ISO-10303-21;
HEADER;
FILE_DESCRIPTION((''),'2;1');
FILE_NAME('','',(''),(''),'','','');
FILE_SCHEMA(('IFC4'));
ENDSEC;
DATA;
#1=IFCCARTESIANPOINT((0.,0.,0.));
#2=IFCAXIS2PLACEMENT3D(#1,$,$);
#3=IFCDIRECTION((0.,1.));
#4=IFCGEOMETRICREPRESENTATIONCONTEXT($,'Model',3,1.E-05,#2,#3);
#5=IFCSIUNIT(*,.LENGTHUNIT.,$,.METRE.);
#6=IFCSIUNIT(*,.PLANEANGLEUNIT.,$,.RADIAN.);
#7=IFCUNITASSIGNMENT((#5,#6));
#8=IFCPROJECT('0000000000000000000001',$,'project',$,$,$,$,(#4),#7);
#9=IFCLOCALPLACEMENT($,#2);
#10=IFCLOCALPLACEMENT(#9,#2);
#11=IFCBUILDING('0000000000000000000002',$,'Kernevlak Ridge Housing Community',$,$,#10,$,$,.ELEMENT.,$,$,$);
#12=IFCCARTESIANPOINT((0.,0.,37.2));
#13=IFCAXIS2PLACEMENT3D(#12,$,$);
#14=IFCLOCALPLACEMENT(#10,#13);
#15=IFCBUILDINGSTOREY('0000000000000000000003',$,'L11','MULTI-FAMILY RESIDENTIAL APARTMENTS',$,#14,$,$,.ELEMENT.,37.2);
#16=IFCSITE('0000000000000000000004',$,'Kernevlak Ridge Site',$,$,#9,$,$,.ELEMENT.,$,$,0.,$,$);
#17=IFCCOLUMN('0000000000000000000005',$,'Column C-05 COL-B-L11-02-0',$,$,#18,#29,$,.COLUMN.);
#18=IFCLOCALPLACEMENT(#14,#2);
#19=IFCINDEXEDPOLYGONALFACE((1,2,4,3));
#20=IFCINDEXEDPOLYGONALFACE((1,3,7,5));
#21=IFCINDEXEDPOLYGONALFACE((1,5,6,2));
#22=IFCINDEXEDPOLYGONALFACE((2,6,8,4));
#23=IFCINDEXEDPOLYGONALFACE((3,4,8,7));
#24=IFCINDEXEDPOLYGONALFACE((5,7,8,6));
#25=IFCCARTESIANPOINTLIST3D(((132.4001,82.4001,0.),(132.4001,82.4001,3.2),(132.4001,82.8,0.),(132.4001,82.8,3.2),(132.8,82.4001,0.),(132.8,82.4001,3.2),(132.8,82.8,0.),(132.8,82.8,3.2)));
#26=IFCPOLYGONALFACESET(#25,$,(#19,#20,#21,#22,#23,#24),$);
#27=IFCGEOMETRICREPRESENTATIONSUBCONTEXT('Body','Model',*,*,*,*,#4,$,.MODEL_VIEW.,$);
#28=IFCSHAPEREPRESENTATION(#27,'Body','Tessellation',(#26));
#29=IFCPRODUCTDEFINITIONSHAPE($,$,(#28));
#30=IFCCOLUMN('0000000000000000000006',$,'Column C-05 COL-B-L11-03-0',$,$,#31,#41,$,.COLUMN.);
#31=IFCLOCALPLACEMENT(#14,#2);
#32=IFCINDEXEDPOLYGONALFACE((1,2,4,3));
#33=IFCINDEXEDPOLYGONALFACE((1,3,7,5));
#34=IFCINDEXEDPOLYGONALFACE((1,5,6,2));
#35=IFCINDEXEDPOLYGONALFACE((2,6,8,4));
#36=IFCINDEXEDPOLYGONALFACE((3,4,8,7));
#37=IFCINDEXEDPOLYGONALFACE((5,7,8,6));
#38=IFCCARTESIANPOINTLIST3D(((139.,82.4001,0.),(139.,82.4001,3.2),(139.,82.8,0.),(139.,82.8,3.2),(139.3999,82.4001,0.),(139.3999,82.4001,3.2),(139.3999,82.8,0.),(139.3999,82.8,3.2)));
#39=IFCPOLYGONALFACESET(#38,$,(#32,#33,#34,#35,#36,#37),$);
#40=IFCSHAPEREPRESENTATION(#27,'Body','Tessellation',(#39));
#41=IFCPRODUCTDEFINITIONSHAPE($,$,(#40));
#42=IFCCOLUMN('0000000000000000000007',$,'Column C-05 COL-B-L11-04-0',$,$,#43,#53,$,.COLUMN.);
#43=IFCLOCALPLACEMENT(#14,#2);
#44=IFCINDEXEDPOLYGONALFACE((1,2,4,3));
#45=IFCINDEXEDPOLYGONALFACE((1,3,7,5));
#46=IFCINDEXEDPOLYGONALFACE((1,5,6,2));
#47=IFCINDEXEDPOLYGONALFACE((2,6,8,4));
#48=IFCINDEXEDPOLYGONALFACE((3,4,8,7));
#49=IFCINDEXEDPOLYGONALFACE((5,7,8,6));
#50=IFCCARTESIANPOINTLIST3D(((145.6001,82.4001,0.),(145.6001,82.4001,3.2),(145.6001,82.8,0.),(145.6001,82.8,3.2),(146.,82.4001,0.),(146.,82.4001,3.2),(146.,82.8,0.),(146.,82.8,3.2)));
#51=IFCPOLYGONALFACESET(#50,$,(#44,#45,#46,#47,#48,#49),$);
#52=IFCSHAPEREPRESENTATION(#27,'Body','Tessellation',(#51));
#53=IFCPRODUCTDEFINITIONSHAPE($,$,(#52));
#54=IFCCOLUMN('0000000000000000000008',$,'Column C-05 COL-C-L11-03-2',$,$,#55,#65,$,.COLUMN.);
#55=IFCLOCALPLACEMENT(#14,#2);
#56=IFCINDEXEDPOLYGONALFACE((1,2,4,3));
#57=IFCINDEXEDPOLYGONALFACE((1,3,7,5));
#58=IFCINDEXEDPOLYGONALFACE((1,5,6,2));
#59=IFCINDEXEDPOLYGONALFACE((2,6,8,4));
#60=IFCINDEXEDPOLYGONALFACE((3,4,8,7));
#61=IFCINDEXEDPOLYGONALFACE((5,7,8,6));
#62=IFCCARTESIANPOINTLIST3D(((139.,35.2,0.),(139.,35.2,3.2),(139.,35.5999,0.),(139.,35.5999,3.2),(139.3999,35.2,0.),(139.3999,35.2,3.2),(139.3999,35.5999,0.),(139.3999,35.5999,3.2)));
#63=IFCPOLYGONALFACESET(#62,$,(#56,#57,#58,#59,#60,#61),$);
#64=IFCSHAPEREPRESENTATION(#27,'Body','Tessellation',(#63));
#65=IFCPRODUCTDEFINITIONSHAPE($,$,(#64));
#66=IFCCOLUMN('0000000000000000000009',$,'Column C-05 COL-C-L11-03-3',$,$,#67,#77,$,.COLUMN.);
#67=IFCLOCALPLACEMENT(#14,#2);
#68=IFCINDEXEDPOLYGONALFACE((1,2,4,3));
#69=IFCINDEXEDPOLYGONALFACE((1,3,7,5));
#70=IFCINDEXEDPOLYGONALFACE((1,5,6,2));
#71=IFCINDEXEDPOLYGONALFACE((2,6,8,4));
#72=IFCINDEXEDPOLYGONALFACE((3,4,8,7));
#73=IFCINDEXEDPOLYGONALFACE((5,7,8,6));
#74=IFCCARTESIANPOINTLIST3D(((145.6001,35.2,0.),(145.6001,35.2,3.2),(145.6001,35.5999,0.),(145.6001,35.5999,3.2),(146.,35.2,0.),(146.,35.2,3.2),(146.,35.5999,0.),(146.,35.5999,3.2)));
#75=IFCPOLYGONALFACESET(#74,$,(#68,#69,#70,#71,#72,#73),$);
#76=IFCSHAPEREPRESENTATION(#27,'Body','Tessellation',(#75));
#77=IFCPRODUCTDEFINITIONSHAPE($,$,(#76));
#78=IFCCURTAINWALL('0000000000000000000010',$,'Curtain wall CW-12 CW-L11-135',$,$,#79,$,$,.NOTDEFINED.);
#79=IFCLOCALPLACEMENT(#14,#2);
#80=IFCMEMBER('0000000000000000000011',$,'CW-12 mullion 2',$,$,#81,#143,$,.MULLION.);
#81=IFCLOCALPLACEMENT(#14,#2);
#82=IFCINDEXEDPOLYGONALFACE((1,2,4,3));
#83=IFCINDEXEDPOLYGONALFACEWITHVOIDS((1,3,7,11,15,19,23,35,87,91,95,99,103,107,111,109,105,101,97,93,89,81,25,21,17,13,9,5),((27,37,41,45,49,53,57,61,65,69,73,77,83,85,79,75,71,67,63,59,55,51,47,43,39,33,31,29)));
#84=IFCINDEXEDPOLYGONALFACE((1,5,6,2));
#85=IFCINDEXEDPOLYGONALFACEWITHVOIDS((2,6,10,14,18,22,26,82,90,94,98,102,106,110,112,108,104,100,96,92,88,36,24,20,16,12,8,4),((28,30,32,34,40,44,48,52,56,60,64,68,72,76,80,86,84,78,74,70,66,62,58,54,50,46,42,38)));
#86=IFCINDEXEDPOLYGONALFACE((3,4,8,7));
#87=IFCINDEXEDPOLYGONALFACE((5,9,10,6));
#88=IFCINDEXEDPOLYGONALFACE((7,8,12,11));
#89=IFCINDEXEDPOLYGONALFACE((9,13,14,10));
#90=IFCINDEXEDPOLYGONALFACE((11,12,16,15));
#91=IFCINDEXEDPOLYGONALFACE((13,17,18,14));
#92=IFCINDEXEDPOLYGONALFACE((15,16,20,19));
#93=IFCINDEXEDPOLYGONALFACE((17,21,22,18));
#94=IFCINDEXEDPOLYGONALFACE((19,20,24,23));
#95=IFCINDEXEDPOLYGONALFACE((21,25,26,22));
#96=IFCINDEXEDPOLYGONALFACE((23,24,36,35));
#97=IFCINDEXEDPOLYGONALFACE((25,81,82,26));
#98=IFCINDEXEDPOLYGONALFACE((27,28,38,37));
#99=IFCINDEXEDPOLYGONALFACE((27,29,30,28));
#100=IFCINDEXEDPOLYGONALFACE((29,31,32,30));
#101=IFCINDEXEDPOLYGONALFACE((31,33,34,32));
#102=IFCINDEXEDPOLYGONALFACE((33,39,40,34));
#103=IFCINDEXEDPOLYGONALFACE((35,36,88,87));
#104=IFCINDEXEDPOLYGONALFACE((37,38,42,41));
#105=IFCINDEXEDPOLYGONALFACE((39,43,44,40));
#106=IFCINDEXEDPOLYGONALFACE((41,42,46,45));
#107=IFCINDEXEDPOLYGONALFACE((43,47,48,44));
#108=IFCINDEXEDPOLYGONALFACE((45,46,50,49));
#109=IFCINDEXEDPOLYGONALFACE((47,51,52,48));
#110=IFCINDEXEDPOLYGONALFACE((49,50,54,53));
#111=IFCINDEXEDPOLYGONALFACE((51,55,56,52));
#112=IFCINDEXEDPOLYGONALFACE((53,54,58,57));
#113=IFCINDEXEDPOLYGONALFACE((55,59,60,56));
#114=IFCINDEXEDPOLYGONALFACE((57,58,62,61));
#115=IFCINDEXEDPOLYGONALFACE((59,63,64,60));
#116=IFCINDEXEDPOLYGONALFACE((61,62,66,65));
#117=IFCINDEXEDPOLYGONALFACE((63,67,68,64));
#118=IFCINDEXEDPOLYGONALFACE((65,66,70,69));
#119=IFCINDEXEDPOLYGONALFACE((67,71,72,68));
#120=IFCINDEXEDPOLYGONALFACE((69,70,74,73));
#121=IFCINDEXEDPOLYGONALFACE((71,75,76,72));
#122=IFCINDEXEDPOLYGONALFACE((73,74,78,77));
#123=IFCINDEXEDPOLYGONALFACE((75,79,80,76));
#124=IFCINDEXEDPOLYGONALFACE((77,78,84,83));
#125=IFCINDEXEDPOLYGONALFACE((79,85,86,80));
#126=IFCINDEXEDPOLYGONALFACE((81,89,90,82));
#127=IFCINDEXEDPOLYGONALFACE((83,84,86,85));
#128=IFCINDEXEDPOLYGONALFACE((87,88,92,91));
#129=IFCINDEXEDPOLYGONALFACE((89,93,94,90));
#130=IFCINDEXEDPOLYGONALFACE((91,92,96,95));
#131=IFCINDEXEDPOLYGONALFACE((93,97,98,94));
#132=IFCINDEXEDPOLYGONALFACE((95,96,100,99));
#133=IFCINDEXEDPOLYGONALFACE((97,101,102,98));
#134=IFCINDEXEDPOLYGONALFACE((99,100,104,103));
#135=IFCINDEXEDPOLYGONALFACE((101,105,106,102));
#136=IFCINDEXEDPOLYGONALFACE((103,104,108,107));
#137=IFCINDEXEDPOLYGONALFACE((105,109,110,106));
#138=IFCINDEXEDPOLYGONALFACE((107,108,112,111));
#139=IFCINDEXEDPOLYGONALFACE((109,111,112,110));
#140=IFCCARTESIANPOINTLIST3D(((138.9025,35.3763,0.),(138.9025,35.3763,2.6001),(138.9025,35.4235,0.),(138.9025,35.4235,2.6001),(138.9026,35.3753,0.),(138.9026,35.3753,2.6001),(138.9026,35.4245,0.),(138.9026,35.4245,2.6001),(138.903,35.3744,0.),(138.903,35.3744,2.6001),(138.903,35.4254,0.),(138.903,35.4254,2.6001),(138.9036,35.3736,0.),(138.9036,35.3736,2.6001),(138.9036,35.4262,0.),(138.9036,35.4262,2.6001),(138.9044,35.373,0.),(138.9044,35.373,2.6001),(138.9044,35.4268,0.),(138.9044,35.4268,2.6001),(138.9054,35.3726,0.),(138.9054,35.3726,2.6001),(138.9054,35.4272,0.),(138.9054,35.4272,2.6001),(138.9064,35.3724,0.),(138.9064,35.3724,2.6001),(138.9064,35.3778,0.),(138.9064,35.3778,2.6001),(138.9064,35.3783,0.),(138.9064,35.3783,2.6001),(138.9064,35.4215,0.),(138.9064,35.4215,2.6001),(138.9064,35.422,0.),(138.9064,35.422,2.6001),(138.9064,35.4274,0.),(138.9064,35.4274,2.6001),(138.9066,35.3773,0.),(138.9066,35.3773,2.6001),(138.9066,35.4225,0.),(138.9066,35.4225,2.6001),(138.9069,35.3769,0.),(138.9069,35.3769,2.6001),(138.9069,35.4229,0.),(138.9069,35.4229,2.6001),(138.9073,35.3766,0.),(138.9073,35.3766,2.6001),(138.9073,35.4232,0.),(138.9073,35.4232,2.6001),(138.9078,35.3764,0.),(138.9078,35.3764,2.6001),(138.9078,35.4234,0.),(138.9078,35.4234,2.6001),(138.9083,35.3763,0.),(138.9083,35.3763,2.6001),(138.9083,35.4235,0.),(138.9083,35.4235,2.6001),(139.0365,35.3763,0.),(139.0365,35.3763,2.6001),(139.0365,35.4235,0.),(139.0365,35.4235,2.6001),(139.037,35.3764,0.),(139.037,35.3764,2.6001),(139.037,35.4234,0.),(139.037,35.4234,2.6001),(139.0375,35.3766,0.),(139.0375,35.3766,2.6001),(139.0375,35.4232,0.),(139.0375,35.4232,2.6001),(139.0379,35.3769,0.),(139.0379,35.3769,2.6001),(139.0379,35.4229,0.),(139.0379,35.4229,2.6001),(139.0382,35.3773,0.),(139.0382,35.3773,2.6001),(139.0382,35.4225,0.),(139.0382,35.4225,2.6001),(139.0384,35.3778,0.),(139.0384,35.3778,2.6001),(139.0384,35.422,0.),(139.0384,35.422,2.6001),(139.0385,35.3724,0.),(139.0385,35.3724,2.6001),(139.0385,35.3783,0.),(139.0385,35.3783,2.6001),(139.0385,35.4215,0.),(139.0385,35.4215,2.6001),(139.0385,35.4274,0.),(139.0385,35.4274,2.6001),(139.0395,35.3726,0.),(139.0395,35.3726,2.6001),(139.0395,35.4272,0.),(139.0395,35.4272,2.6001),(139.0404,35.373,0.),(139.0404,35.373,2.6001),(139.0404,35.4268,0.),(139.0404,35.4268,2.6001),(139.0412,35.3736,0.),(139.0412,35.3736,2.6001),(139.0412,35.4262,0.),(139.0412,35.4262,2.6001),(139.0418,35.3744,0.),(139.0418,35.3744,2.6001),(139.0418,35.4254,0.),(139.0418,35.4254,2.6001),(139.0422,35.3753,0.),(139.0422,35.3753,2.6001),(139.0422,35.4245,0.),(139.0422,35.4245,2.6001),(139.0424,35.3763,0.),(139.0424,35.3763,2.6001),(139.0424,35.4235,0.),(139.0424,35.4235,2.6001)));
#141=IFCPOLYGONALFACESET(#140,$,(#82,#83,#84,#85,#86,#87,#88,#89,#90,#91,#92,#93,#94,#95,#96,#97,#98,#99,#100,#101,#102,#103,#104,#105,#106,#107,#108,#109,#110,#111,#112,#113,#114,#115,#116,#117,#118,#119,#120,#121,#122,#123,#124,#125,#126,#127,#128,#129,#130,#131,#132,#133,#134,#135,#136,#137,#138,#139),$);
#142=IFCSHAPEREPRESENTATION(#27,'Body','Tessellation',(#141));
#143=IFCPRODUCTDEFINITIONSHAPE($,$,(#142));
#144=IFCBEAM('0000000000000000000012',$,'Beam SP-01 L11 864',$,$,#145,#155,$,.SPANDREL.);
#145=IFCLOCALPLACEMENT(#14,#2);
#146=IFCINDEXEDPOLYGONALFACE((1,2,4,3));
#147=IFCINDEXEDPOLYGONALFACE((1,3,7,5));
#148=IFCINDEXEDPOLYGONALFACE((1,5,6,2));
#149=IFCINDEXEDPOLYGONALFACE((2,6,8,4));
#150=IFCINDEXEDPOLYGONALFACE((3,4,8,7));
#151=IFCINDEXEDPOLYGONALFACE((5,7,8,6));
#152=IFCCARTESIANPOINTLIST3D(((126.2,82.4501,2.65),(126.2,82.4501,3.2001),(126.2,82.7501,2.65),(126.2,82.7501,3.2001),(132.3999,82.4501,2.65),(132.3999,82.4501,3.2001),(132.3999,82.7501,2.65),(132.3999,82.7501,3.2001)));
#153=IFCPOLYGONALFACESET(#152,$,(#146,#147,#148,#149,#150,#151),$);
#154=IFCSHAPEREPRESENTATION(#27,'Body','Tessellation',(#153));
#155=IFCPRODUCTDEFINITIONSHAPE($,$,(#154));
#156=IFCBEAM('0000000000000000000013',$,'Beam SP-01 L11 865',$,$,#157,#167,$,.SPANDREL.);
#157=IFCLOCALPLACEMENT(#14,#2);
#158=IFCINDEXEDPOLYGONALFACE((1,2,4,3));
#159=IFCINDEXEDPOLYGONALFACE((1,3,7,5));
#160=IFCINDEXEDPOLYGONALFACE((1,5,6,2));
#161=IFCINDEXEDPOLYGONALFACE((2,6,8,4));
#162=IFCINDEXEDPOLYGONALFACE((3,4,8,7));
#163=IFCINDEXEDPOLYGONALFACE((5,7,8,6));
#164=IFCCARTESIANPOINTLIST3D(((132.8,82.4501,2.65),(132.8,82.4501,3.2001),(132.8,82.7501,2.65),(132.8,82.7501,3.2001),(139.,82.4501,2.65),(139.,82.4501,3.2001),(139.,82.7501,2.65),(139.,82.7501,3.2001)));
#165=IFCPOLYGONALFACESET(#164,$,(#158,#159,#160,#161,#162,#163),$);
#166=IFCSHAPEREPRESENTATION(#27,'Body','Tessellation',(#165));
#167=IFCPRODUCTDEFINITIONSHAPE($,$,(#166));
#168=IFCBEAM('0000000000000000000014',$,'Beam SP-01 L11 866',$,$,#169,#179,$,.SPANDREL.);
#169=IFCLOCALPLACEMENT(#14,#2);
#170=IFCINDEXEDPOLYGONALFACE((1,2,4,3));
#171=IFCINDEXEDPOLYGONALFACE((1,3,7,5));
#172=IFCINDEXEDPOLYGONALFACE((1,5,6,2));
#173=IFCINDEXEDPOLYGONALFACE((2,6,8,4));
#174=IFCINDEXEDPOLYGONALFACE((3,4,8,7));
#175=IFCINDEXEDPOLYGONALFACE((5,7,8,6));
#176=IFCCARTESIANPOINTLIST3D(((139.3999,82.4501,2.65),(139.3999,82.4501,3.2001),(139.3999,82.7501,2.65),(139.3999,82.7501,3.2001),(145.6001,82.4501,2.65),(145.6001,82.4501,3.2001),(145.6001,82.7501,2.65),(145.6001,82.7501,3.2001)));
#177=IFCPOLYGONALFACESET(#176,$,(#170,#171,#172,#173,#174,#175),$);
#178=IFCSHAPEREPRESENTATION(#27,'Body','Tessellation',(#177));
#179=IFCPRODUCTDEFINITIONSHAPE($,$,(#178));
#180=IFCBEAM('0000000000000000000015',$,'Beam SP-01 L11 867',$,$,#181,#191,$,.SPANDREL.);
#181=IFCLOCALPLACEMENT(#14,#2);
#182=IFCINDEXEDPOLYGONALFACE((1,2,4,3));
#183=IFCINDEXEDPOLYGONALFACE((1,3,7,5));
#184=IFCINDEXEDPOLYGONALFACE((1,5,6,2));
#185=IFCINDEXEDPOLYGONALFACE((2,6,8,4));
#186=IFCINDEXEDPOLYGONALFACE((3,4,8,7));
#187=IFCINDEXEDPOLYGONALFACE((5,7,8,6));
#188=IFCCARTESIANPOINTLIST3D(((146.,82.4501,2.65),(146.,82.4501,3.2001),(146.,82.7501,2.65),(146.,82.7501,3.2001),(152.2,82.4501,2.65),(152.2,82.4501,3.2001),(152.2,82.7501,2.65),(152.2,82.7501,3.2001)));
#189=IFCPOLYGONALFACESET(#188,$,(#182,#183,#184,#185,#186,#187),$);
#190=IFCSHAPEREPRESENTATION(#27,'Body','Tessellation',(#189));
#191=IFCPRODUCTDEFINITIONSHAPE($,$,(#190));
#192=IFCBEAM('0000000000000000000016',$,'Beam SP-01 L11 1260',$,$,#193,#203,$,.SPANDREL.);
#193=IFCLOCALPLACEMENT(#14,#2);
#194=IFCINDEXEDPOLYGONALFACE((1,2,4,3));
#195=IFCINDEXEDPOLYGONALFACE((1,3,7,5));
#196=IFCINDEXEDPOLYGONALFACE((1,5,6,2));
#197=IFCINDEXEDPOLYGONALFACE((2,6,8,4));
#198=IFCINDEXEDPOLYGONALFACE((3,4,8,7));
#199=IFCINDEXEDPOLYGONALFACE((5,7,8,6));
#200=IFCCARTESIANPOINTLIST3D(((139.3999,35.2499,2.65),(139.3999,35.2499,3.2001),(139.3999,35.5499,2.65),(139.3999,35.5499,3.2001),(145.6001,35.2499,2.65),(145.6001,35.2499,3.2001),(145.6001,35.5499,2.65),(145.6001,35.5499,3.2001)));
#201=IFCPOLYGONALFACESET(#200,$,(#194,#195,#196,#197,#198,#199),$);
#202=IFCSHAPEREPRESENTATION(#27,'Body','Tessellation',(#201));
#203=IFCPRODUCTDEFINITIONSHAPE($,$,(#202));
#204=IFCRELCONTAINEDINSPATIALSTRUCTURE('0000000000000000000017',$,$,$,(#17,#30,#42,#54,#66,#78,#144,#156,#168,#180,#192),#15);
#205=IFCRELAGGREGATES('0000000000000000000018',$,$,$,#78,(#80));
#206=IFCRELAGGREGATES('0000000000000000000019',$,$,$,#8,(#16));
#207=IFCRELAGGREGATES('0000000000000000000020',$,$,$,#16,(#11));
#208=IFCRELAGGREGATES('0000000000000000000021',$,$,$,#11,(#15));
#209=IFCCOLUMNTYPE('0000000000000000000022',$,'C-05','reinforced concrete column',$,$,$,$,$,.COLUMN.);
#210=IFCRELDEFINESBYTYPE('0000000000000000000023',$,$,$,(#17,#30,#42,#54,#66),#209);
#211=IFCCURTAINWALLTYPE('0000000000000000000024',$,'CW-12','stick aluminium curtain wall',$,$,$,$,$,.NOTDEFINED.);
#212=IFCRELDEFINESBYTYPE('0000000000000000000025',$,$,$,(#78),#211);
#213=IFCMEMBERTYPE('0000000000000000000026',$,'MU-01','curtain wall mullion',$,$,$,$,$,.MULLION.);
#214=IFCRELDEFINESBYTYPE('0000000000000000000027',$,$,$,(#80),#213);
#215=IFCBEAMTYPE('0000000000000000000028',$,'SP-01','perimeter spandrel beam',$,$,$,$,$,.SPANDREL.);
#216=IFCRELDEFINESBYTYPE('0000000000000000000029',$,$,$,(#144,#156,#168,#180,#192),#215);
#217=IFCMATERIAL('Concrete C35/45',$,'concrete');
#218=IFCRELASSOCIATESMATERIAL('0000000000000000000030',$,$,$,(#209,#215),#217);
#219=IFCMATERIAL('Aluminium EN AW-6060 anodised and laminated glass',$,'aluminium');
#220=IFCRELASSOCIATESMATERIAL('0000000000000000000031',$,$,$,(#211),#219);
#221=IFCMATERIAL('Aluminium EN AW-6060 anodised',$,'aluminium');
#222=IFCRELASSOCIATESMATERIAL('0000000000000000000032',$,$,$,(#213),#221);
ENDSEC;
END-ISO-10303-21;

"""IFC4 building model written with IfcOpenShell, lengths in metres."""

from ifc_helpers import new_model, si_unit, direction, frame, origin, origin_2d, place, context, subcontext, project, spatial, rectangle, hollow_rectangle, extrude, material, material_profile, profile_set, type_object, element, aggregate, save


model = new_model("IFC4")

# Units and contexts
model_context = context("Model", 3, precision=1e-05, world=origin(), true_north=direction((0.0, 1.0)))
body_context = subcontext(model_context, "Body", "Model", "MODEL_VIEW")
ifc_project = project(units=[si_unit("LENGTHUNIT", "METRE"), si_unit("PLANEANGLEUNIT", "RADIAN")], contexts=[model_context])

# Site, building, storey
site_placement = place(None, origin())
site = spatial("IfcSite", under=ifc_project, at=site_placement, Name="Kernevlak Ridge Site", CompositionType="ELEMENT", RefElevation=0.0)
building_placement = place(site_placement, origin())
building = spatial("IfcBuilding", under=site, at=building_placement, Name="Kernevlak Ridge Housing Community", CompositionType="ELEMENT")
storey_placement = place(building_placement, frame((0.0, 0.0, 37.2)))
storey = spatial("IfcBuildingStorey", under=building, at=storey_placement, Name="L11", Description="MULTI-FAMILY RESIDENTIAL APARTMENTS", CompositionType="ELEMENT", Elevation=37.2)

# Columns
ifc_material_1 = material(Name="Concrete C35/45", Category="concrete")
ifc_material_profile_1 = material_profile(ifc_material_1, rectangle(XDim=0.3999, YDim=0.3999, at=origin_2d()), Name="RC 400x400")
ifc_profile_set_1 = profile_set([ifc_material_profile_1], Name="Concrete C35/45")
column_type = type_object("IfcColumnType", Name="C-05", Description="reinforced concrete column", PredefinedType="COLUMN", material=ifc_profile_set_1)
for number, where, z_axis, x_axis, name in (
    (1, (132.6001, 82.6001, 0.0), (0.0, 0.0, 1.0), (1.0, 0.0, 0.0), "Column C-05 COL-B-L11-02-0"),
    (2, (139.2, 82.6001, 0.0), (0.0, 0.0, 1.0), (1.0, 0.0, 0.0), "Column C-05 COL-B-L11-03-0"),
    (3, (145.8, 82.6001, 0.0), (0.0, 0.0, 1.0), (1.0, 0.0, 0.0), "Column C-05 COL-B-L11-04-0"),
    (4, (139.2, 35.3999, 0.0), (0.0, 0.0, 1.0), (1.0, 0.0, 0.0), "Column C-05 COL-C-L11-03-2"),
    (5, (145.8, 35.3999, 0.0), (0.0, 0.0, 1.0), (1.0, 0.0, 0.0), "Column C-05 COL-C-L11-03-3"),
):
    element("IfcColumn", number, at=place(storey_placement, frame(where, z_axis=z_axis, x_axis=x_axis)), inside=storey, type_object=column_type, Name=name, PredefinedType="COLUMN", context=body_context, shape_type="SweptSolid", body=[
        extrude(rectangle(XDim=0.3999, YDim=0.3999, at=origin_2d()), origin(), (0.0, 0.0, 1.0), 3.2),
    ])

# Curtain wall, member
ifc_material_2 = material(Name="Aluminium EN AW-6060 anodised and laminated glass", Category="aluminium")
curtain_wall_type = type_object("IfcCurtainWallType", Name="CW-12", Description="stick aluminium curtain wall", PredefinedType="NOTDEFINED", material=ifc_material_2)
curtain_wall_placement = place(storey_placement, origin())
curtain_wall = element("IfcCurtainWall", 6, at=curtain_wall_placement, inside=storey, type_object=curtain_wall_type, Name="Curtain wall CW-12 CW-L11-135", PredefinedType="NOTDEFINED")
ifc_material_3 = material(Name="Aluminium EN AW-6060 anodised", Category="aluminium")
ifc_material_profile_2 = material_profile(ifc_material_3, hollow_rectangle(XDim=0.0549, YDim=0.1399, WallThickness=0.0039, InnerFilletRadius=0.002, OuterFilletRadius=0.0039, at=origin_2d()), Name="ALU 55x140x4")
ifc_profile_set_2 = profile_set([ifc_material_profile_2], Name="Aluminium EN AW-6060 anodised")
member_type = type_object("IfcMemberType", Name="MU-01", Description="curtain wall mullion", PredefinedType="MULLION", material=ifc_profile_set_2)
member_placement = place(storey_placement, frame((138.9724, 35.3999, 0.0), z_axis=(0.0, 0.0, 1.0), x_axis=(0.0, 1.0, 0.0)))
member = element("IfcMember", 7, at=member_placement, type_object=member_type, Name="CW-12 mullion 2", PredefinedType="MULLION", context=body_context, shape_type="SweptSolid", body=[
    extrude(hollow_rectangle(XDim=0.0549, YDim=0.1399, WallThickness=0.0039, InnerFilletRadius=0.002, OuterFilletRadius=0.0039, at=origin_2d()), origin(), (0.0, 0.0, 1.0), 2.6001),
])
aggregate(curtain_wall, [member])

# Beams
ifc_material_profile_3 = material_profile(ifc_material_1, rectangle(XDim=0.3, YDim=0.55, at=origin_2d()), Name="RC 300x550")
ifc_profile_set_3 = profile_set([ifc_material_profile_3], Name="Concrete C35/45")
beam_type = type_object("IfcBeamType", Name="SP-01", Description="perimeter spandrel beam", PredefinedType="SPANDREL", material=ifc_profile_set_3)
for number, where, z_axis, x_axis, name in (
    (8, (126.2, 82.6001, 2.925), (1.0, 0.0, 0.0), (0.0, 1.0, 0.0), "Beam SP-01 L11 864"),
    (9, (132.8, 82.6001, 2.925), (1.0, 0.0, 0.0), (0.0, 1.0, 0.0), "Beam SP-01 L11 865"),
):
    element("IfcBeam", number, at=place(storey_placement, frame(where, z_axis=z_axis, x_axis=x_axis)), inside=storey, type_object=beam_type, Name=name, PredefinedType="SPANDREL", context=body_context, shape_type="SweptSolid", body=[
        extrude(rectangle(XDim=0.3, YDim=0.55, at=origin_2d()), origin(), (0.0, 0.0, 1.0), 6.2),
    ])
beam_1_placement = place(storey_placement, frame((139.3999, 82.6001, 2.925), z_axis=(1.0, 0.0, 0.0), x_axis=(0.0, 1.0, 0.0)))
element("IfcBeam", 10, at=beam_1_placement, inside=storey, type_object=beam_type, Name="Beam SP-01 L11 866", PredefinedType="SPANDREL", context=body_context, shape_type="SweptSolid", body=[
    extrude(rectangle(XDim=0.3, YDim=0.55, at=origin_2d()), origin(), (0.0, 0.0, 1.0), 6.2002),
])
beam_2_placement = place(storey_placement, frame((146.0, 82.6001, 2.925), z_axis=(1.0, 0.0, 0.0), x_axis=(0.0, 1.0, 0.0)))
element("IfcBeam", 11, at=beam_2_placement, inside=storey, type_object=beam_type, Name="Beam SP-01 L11 867", PredefinedType="SPANDREL", context=body_context, shape_type="SweptSolid", body=[
    extrude(rectangle(XDim=0.3, YDim=0.55, at=origin_2d()), origin(), (0.0, 0.0, 1.0), 6.2),
])
beam_3_placement = place(storey_placement, frame((139.3999, 35.3999, 2.925), z_axis=(1.0, 0.0, 0.0), x_axis=(0.0, 1.0, 0.0)))
element("IfcBeam", 12, at=beam_3_placement, inside=storey, type_object=beam_type, Name="Beam SP-01 L11 1260", PredefinedType="SPANDREL", context=body_context, shape_type="SweptSolid", body=[
    extrude(rectangle(XDim=0.3, YDim=0.55, at=origin_2d()), origin(), (0.0, 0.0, 1.0), 6.2002),
])

save(model, "model.ifc")
